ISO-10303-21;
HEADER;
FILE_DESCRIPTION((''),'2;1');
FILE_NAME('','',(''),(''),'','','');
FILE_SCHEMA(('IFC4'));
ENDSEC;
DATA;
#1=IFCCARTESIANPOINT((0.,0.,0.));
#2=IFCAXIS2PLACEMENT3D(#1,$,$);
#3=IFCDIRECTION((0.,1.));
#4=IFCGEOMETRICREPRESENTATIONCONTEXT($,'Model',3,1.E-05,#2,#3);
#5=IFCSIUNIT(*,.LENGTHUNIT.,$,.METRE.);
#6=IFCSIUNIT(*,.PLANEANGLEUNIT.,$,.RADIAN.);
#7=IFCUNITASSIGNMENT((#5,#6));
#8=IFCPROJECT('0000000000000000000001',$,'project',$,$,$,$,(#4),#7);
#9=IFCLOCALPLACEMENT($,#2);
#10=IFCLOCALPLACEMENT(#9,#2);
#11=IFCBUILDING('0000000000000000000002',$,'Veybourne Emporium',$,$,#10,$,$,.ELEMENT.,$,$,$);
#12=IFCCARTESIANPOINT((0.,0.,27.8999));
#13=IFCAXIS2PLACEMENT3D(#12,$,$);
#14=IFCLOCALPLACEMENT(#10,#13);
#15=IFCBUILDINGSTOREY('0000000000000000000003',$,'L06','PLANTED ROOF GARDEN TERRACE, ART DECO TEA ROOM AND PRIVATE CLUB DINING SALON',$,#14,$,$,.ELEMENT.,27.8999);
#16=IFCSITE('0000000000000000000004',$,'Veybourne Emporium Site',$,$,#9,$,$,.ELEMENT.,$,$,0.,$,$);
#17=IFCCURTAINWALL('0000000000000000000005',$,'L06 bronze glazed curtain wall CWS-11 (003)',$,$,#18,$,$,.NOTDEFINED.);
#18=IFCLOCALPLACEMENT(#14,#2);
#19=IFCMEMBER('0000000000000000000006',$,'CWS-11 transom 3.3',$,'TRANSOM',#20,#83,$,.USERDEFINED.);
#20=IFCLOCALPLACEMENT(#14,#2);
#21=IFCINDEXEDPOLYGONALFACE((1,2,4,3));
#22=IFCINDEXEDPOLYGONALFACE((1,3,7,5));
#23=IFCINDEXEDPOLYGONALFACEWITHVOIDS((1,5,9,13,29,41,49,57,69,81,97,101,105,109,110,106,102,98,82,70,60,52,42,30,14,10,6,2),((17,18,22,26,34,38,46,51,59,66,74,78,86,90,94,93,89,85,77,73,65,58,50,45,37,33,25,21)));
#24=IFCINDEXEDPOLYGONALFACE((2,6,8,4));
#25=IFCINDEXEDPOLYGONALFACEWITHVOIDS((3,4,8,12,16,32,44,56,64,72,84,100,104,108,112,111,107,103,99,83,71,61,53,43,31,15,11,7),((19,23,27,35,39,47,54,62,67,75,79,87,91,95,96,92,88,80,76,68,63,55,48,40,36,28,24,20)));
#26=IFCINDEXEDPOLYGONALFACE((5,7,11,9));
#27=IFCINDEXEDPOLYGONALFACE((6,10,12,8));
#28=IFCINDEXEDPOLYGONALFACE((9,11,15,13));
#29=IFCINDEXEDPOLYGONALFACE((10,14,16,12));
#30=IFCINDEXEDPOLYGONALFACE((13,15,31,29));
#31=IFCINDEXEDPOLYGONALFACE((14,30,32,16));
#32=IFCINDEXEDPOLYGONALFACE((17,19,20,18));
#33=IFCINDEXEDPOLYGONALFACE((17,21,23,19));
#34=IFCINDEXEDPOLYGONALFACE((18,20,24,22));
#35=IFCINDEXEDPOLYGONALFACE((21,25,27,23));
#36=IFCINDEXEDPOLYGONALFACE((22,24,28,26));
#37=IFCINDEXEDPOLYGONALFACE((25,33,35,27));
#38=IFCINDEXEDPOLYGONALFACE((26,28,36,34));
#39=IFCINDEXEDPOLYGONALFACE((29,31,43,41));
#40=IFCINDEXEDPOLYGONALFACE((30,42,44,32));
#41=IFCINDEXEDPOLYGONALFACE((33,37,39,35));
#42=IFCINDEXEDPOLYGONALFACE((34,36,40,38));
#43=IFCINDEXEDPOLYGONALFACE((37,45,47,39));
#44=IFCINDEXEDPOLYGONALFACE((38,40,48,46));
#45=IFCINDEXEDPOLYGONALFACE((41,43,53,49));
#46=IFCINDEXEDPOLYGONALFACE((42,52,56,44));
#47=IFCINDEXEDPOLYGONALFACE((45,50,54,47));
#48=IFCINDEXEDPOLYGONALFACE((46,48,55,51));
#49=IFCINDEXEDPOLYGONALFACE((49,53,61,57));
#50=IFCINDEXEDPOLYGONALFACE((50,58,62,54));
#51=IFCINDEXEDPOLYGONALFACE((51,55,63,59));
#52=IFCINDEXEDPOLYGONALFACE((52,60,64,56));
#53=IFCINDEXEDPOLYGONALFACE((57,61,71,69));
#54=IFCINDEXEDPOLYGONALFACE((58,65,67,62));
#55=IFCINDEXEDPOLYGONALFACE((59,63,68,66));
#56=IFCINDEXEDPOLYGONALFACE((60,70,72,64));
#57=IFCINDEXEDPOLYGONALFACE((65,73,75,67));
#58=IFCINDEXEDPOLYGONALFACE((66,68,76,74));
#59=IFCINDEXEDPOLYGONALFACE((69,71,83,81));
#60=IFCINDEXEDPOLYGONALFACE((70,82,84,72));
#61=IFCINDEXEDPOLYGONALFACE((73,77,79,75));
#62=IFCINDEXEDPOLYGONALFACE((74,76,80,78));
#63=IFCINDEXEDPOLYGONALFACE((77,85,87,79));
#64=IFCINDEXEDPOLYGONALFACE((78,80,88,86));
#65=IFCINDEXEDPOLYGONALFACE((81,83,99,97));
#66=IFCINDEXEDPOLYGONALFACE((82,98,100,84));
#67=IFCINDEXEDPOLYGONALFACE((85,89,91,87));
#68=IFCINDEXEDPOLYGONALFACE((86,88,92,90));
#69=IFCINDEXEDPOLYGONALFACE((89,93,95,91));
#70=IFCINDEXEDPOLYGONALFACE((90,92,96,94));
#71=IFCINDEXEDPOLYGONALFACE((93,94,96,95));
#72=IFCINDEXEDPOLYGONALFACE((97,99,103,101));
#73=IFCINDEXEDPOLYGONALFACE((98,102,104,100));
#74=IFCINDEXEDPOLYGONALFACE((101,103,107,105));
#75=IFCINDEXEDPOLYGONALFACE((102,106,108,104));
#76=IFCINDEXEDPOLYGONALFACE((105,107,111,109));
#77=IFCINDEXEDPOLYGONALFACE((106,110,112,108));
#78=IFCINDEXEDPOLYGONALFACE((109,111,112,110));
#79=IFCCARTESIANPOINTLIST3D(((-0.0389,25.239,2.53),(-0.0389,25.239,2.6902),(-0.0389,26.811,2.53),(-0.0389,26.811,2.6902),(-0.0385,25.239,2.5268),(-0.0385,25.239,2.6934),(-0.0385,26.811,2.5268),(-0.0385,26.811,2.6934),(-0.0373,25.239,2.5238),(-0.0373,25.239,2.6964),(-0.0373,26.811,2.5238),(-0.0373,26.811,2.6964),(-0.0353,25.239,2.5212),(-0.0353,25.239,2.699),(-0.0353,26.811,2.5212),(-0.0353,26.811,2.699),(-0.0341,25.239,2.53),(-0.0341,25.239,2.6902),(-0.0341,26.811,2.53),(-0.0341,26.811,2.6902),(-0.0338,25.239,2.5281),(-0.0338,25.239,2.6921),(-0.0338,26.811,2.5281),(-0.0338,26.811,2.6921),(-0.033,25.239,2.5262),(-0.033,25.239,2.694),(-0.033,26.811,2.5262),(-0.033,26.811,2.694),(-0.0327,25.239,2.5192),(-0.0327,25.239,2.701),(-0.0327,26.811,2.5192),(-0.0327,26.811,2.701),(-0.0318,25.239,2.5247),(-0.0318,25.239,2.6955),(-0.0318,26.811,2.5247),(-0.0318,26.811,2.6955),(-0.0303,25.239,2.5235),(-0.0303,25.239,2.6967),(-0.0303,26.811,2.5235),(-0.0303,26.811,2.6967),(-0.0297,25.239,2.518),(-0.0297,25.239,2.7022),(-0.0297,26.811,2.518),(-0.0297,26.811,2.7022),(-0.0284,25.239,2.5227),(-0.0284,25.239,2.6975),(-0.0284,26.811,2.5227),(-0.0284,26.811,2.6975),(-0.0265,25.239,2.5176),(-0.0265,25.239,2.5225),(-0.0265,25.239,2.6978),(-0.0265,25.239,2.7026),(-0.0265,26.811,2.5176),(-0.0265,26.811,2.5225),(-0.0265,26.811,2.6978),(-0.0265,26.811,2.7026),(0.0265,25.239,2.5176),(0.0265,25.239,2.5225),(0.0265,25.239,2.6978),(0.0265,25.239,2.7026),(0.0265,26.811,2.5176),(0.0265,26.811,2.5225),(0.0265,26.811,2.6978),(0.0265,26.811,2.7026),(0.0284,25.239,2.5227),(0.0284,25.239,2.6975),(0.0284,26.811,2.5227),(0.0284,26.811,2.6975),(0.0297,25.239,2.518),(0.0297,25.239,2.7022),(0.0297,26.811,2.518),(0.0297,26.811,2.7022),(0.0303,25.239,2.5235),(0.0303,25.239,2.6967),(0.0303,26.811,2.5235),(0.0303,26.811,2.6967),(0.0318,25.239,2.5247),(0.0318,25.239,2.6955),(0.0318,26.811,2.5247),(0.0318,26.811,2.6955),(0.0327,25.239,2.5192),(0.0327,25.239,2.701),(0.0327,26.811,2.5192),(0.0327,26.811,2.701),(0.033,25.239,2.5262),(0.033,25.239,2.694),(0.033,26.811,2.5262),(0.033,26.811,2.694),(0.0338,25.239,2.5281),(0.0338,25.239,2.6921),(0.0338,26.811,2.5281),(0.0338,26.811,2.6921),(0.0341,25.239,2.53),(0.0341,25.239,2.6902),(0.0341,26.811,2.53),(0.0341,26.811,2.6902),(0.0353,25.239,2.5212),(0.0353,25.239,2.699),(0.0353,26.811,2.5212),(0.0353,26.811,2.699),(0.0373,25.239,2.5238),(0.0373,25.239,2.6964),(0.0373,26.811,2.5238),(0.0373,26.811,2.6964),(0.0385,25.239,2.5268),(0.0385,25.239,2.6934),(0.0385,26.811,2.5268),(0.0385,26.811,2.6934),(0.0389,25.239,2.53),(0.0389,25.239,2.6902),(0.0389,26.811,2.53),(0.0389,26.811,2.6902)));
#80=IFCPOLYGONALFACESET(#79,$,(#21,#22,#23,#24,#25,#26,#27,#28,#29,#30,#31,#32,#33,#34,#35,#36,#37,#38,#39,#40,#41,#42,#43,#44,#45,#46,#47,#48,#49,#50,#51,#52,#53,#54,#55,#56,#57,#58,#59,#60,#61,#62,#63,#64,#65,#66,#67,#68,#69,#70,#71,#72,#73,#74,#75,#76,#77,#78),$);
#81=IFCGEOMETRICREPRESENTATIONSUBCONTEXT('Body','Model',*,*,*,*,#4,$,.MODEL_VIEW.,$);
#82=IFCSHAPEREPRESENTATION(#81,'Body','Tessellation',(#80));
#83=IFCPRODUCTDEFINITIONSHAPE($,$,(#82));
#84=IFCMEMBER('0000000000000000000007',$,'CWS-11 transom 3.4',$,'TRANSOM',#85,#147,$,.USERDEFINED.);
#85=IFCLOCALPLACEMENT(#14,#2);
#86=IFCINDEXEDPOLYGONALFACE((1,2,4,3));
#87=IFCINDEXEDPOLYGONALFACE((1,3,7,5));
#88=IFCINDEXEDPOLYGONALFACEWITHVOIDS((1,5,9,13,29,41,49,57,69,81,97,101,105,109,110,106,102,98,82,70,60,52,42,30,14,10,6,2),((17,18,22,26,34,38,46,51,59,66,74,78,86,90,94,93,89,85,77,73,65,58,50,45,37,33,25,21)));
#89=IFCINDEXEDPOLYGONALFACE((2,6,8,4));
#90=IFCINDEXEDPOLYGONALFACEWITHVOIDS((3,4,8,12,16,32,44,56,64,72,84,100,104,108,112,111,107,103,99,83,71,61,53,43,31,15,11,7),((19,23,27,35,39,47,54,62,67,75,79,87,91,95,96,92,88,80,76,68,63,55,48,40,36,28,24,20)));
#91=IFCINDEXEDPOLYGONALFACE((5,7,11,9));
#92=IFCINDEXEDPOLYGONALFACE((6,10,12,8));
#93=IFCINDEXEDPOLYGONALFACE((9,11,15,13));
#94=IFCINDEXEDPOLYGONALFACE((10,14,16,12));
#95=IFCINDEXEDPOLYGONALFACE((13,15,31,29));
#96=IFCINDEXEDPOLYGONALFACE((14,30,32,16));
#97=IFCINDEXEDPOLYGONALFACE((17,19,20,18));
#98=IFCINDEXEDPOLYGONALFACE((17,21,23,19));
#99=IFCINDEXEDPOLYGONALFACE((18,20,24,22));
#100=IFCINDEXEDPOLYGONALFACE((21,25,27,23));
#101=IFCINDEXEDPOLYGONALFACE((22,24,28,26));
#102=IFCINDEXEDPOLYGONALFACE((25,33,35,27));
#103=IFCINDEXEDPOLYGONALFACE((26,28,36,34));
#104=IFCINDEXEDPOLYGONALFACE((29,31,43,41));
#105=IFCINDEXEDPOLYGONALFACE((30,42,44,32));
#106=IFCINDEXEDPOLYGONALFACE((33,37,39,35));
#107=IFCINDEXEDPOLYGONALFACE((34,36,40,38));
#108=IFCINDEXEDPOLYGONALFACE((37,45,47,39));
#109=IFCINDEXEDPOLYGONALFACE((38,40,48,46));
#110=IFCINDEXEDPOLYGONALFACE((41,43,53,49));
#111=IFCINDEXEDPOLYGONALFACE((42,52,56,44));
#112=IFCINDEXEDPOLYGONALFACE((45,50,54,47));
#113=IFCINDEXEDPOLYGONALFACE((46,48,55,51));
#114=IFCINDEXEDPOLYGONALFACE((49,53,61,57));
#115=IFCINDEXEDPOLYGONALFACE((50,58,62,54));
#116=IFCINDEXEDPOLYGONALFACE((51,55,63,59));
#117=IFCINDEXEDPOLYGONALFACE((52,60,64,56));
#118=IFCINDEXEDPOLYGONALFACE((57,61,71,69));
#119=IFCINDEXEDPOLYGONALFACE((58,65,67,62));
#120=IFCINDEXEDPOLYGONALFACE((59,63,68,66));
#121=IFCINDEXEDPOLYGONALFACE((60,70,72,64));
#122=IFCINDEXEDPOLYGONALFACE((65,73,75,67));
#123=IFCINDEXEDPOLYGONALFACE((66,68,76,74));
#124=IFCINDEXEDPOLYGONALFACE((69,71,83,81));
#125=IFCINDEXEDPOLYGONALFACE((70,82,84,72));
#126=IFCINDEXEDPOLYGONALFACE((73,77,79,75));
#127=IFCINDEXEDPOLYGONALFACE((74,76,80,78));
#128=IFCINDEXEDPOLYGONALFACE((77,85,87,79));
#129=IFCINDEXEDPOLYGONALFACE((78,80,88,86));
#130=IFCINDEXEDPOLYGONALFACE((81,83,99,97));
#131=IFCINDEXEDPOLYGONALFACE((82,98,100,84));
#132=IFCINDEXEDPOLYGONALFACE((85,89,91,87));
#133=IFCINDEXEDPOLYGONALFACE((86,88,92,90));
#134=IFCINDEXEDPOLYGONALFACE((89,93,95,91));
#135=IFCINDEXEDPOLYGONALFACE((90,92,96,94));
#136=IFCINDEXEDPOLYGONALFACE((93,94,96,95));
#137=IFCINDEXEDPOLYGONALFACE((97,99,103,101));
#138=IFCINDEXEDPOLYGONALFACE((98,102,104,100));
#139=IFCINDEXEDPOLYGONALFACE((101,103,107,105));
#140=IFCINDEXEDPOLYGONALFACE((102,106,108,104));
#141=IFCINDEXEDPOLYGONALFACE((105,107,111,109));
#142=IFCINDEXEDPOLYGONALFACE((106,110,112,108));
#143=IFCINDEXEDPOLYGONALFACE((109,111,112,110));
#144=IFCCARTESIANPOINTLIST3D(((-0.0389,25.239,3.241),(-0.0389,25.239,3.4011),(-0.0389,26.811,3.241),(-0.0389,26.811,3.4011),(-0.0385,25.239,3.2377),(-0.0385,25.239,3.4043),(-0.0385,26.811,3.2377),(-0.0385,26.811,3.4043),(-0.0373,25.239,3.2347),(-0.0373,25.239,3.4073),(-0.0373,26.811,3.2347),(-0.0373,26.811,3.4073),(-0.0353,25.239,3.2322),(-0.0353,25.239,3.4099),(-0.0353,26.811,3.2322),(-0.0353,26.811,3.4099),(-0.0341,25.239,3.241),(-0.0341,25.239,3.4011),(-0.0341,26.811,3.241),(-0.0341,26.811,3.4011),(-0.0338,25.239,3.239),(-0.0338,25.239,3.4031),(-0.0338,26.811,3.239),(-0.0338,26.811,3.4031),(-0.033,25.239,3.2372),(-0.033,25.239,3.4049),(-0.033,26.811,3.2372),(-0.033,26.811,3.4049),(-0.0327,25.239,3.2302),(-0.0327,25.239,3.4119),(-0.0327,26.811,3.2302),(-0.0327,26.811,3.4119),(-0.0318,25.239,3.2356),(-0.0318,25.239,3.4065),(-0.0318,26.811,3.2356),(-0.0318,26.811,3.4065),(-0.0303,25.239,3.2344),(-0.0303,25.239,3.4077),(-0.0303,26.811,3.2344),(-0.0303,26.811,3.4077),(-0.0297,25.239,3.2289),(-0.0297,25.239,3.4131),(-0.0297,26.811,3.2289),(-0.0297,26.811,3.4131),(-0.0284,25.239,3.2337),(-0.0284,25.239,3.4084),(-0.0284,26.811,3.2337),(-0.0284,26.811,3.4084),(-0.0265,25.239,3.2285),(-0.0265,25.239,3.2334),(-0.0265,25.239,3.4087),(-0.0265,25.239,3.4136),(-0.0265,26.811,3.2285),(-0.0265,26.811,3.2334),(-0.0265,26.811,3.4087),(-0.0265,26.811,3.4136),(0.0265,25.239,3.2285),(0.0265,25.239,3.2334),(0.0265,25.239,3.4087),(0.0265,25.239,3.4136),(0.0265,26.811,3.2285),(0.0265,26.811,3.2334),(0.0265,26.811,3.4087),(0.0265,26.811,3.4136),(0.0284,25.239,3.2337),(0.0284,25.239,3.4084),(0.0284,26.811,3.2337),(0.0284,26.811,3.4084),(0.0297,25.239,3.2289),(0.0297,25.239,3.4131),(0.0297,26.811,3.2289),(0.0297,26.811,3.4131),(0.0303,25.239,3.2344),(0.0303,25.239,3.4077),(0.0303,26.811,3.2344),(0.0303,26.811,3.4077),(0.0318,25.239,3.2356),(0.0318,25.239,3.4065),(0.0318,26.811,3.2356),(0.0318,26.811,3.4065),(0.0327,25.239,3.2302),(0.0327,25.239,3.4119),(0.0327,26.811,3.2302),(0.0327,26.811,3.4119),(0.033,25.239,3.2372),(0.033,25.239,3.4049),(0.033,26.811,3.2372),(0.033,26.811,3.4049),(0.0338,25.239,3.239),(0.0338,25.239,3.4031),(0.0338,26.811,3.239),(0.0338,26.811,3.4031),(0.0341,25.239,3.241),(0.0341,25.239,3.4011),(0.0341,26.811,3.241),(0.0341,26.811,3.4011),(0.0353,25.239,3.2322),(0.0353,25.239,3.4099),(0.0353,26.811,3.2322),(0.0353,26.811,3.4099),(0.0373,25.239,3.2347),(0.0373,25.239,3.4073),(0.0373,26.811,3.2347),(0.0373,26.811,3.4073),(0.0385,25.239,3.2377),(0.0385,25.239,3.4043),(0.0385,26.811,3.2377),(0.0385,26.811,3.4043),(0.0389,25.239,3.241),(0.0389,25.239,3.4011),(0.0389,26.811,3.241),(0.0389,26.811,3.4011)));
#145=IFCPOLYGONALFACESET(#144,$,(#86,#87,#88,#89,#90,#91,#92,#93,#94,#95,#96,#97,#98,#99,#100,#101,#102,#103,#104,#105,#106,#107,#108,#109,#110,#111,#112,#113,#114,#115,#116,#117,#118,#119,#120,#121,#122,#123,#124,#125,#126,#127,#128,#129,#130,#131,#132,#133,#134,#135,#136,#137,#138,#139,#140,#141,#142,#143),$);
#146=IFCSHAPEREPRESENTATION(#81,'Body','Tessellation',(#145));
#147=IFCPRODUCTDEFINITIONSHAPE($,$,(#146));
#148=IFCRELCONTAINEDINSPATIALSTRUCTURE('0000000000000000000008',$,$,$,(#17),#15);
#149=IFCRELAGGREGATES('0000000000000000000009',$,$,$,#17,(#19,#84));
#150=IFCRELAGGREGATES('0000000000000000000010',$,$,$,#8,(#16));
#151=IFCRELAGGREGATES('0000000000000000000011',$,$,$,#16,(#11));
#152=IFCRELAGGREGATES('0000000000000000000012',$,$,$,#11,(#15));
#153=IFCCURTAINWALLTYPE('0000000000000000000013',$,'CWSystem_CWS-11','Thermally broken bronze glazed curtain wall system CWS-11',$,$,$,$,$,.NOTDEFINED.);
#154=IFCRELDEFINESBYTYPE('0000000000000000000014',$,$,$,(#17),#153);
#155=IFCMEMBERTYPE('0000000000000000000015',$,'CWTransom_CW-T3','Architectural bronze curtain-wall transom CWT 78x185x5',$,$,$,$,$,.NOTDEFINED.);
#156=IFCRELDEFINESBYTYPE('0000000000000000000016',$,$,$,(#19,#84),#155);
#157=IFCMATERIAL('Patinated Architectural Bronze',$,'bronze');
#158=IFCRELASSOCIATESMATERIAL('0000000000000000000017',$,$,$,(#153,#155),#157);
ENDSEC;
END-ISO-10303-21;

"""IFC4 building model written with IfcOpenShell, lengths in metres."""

from ifc_helpers import new_model, si_unit, direction, frame, origin, origin_2d, place, context, subcontext, project, spatial, hollow_rectangle, extrude, material, material_profile, profile_set, type_object, element, aggregate, save


model = new_model("IFC4")

# Units and contexts
model_context = context("Model", 3, precision=1e-05, world=origin(), true_north=direction((0.0, 1.0)))
body_context = subcontext(model_context, "Body", "Model", "MODEL_VIEW")
ifc_project = project(units=[si_unit("LENGTHUNIT", "METRE"), si_unit("PLANEANGLEUNIT", "RADIAN")], contexts=[model_context])

# Site, building, storey
site_placement = place(None, origin())
site = spatial("IfcSite", under=ifc_project, at=site_placement, Name="Veybourne Emporium Site", CompositionType="ELEMENT", RefElevation=0.0)
building_placement = place(site_placement, origin())
building = spatial("IfcBuilding", under=site, at=building_placement, Name="Veybourne Emporium", CompositionType="ELEMENT")
storey_placement = place(building_placement, frame((0.0, 0.0, 27.8999)))
storey = spatial("IfcBuildingStorey", under=building, at=storey_placement, Name="L06", Description="PLANTED ROOF GARDEN TERRACE, ART DECO TEA ROOM AND PRIVATE CLUB DINING SALON", CompositionType="ELEMENT", Elevation=27.8999)

# Curtain wall, members
ifc_material_1 = material(Name="Patinated Architectural Bronze", Category="bronze")
curtain_wall_type = type_object("IfcCurtainWallType", Name="CWSystem_CWS-11", Description="Thermally broken bronze glazed curtain wall system CWS-11", PredefinedType="NOTDEFINED", material=ifc_material_1)
curtain_wall_placement = place(storey_placement, origin())
curtain_wall = element("IfcCurtainWall", 1, at=curtain_wall_placement, inside=storey, type_object=curtain_wall_type, Name="L06 bronze glazed curtain wall CWS-11 (003)", PredefinedType="NOTDEFINED")
ifc_material_profile_1 = material_profile(ifc_material_1, hollow_rectangle(XDim=0.0779, YDim=0.1851, WallThickness=0.0049, InnerFilletRadius=0.0076, OuterFilletRadius=0.0125, at=origin_2d()), Name="CWT 78x185x5")
ifc_profile_set_1 = profile_set([ifc_material_profile_1], Name="Patinated Architectural Bronze")
member_type_1 = type_object("IfcMemberType", Name="CWTransom_CW-T3", Description="Architectural bronze curtain-wall transom CWT 78x185x5", PredefinedType="NOTDEFINED", material=ifc_profile_set_1)
member_1_placement = place(storey_placement, frame((0.0, 25.239, 2.6101), z_axis=(0.0, 1.0, 0.0), x_axis=(-1.0, 0.0, 0.0)))
member_1 = element("IfcMember", 2, at=member_1_placement, type_object=member_type_1, Name="CWS-11 transom 3.3", ObjectType="TRANSOM", PredefinedType="USERDEFINED", context=body_context, shape_type="SweptSolid", body=[
    extrude(hollow_rectangle(XDim=0.0779, YDim=0.1851, WallThickness=0.0049, InnerFilletRadius=0.0076, OuterFilletRadius=0.0125, at=origin_2d()), origin(), (0.0, 0.0, 1.0), 1.572),
])
member_2_placement = place(storey_placement, frame((0.0, 25.239, 3.321), z_axis=(0.0, 1.0, 0.0), x_axis=(-1.0, 0.0, 0.0)))
member_2 = element("IfcMember", 3, at=member_2_placement, type_object=member_type_1, Name="CWS-11 transom 3.4", ObjectType="TRANSOM", PredefinedType="USERDEFINED", context=body_context, shape_type="SweptSolid", body=[
    extrude(hollow_rectangle(XDim=0.0779, YDim=0.1851, WallThickness=0.0049, InnerFilletRadius=0.0076, OuterFilletRadius=0.0125, at=origin_2d()), origin(), (0.0, 0.0, 1.0), 1.572),
])
aggregate(curtain_wall, [member_1, member_2])

save(model, "model.ifc")
